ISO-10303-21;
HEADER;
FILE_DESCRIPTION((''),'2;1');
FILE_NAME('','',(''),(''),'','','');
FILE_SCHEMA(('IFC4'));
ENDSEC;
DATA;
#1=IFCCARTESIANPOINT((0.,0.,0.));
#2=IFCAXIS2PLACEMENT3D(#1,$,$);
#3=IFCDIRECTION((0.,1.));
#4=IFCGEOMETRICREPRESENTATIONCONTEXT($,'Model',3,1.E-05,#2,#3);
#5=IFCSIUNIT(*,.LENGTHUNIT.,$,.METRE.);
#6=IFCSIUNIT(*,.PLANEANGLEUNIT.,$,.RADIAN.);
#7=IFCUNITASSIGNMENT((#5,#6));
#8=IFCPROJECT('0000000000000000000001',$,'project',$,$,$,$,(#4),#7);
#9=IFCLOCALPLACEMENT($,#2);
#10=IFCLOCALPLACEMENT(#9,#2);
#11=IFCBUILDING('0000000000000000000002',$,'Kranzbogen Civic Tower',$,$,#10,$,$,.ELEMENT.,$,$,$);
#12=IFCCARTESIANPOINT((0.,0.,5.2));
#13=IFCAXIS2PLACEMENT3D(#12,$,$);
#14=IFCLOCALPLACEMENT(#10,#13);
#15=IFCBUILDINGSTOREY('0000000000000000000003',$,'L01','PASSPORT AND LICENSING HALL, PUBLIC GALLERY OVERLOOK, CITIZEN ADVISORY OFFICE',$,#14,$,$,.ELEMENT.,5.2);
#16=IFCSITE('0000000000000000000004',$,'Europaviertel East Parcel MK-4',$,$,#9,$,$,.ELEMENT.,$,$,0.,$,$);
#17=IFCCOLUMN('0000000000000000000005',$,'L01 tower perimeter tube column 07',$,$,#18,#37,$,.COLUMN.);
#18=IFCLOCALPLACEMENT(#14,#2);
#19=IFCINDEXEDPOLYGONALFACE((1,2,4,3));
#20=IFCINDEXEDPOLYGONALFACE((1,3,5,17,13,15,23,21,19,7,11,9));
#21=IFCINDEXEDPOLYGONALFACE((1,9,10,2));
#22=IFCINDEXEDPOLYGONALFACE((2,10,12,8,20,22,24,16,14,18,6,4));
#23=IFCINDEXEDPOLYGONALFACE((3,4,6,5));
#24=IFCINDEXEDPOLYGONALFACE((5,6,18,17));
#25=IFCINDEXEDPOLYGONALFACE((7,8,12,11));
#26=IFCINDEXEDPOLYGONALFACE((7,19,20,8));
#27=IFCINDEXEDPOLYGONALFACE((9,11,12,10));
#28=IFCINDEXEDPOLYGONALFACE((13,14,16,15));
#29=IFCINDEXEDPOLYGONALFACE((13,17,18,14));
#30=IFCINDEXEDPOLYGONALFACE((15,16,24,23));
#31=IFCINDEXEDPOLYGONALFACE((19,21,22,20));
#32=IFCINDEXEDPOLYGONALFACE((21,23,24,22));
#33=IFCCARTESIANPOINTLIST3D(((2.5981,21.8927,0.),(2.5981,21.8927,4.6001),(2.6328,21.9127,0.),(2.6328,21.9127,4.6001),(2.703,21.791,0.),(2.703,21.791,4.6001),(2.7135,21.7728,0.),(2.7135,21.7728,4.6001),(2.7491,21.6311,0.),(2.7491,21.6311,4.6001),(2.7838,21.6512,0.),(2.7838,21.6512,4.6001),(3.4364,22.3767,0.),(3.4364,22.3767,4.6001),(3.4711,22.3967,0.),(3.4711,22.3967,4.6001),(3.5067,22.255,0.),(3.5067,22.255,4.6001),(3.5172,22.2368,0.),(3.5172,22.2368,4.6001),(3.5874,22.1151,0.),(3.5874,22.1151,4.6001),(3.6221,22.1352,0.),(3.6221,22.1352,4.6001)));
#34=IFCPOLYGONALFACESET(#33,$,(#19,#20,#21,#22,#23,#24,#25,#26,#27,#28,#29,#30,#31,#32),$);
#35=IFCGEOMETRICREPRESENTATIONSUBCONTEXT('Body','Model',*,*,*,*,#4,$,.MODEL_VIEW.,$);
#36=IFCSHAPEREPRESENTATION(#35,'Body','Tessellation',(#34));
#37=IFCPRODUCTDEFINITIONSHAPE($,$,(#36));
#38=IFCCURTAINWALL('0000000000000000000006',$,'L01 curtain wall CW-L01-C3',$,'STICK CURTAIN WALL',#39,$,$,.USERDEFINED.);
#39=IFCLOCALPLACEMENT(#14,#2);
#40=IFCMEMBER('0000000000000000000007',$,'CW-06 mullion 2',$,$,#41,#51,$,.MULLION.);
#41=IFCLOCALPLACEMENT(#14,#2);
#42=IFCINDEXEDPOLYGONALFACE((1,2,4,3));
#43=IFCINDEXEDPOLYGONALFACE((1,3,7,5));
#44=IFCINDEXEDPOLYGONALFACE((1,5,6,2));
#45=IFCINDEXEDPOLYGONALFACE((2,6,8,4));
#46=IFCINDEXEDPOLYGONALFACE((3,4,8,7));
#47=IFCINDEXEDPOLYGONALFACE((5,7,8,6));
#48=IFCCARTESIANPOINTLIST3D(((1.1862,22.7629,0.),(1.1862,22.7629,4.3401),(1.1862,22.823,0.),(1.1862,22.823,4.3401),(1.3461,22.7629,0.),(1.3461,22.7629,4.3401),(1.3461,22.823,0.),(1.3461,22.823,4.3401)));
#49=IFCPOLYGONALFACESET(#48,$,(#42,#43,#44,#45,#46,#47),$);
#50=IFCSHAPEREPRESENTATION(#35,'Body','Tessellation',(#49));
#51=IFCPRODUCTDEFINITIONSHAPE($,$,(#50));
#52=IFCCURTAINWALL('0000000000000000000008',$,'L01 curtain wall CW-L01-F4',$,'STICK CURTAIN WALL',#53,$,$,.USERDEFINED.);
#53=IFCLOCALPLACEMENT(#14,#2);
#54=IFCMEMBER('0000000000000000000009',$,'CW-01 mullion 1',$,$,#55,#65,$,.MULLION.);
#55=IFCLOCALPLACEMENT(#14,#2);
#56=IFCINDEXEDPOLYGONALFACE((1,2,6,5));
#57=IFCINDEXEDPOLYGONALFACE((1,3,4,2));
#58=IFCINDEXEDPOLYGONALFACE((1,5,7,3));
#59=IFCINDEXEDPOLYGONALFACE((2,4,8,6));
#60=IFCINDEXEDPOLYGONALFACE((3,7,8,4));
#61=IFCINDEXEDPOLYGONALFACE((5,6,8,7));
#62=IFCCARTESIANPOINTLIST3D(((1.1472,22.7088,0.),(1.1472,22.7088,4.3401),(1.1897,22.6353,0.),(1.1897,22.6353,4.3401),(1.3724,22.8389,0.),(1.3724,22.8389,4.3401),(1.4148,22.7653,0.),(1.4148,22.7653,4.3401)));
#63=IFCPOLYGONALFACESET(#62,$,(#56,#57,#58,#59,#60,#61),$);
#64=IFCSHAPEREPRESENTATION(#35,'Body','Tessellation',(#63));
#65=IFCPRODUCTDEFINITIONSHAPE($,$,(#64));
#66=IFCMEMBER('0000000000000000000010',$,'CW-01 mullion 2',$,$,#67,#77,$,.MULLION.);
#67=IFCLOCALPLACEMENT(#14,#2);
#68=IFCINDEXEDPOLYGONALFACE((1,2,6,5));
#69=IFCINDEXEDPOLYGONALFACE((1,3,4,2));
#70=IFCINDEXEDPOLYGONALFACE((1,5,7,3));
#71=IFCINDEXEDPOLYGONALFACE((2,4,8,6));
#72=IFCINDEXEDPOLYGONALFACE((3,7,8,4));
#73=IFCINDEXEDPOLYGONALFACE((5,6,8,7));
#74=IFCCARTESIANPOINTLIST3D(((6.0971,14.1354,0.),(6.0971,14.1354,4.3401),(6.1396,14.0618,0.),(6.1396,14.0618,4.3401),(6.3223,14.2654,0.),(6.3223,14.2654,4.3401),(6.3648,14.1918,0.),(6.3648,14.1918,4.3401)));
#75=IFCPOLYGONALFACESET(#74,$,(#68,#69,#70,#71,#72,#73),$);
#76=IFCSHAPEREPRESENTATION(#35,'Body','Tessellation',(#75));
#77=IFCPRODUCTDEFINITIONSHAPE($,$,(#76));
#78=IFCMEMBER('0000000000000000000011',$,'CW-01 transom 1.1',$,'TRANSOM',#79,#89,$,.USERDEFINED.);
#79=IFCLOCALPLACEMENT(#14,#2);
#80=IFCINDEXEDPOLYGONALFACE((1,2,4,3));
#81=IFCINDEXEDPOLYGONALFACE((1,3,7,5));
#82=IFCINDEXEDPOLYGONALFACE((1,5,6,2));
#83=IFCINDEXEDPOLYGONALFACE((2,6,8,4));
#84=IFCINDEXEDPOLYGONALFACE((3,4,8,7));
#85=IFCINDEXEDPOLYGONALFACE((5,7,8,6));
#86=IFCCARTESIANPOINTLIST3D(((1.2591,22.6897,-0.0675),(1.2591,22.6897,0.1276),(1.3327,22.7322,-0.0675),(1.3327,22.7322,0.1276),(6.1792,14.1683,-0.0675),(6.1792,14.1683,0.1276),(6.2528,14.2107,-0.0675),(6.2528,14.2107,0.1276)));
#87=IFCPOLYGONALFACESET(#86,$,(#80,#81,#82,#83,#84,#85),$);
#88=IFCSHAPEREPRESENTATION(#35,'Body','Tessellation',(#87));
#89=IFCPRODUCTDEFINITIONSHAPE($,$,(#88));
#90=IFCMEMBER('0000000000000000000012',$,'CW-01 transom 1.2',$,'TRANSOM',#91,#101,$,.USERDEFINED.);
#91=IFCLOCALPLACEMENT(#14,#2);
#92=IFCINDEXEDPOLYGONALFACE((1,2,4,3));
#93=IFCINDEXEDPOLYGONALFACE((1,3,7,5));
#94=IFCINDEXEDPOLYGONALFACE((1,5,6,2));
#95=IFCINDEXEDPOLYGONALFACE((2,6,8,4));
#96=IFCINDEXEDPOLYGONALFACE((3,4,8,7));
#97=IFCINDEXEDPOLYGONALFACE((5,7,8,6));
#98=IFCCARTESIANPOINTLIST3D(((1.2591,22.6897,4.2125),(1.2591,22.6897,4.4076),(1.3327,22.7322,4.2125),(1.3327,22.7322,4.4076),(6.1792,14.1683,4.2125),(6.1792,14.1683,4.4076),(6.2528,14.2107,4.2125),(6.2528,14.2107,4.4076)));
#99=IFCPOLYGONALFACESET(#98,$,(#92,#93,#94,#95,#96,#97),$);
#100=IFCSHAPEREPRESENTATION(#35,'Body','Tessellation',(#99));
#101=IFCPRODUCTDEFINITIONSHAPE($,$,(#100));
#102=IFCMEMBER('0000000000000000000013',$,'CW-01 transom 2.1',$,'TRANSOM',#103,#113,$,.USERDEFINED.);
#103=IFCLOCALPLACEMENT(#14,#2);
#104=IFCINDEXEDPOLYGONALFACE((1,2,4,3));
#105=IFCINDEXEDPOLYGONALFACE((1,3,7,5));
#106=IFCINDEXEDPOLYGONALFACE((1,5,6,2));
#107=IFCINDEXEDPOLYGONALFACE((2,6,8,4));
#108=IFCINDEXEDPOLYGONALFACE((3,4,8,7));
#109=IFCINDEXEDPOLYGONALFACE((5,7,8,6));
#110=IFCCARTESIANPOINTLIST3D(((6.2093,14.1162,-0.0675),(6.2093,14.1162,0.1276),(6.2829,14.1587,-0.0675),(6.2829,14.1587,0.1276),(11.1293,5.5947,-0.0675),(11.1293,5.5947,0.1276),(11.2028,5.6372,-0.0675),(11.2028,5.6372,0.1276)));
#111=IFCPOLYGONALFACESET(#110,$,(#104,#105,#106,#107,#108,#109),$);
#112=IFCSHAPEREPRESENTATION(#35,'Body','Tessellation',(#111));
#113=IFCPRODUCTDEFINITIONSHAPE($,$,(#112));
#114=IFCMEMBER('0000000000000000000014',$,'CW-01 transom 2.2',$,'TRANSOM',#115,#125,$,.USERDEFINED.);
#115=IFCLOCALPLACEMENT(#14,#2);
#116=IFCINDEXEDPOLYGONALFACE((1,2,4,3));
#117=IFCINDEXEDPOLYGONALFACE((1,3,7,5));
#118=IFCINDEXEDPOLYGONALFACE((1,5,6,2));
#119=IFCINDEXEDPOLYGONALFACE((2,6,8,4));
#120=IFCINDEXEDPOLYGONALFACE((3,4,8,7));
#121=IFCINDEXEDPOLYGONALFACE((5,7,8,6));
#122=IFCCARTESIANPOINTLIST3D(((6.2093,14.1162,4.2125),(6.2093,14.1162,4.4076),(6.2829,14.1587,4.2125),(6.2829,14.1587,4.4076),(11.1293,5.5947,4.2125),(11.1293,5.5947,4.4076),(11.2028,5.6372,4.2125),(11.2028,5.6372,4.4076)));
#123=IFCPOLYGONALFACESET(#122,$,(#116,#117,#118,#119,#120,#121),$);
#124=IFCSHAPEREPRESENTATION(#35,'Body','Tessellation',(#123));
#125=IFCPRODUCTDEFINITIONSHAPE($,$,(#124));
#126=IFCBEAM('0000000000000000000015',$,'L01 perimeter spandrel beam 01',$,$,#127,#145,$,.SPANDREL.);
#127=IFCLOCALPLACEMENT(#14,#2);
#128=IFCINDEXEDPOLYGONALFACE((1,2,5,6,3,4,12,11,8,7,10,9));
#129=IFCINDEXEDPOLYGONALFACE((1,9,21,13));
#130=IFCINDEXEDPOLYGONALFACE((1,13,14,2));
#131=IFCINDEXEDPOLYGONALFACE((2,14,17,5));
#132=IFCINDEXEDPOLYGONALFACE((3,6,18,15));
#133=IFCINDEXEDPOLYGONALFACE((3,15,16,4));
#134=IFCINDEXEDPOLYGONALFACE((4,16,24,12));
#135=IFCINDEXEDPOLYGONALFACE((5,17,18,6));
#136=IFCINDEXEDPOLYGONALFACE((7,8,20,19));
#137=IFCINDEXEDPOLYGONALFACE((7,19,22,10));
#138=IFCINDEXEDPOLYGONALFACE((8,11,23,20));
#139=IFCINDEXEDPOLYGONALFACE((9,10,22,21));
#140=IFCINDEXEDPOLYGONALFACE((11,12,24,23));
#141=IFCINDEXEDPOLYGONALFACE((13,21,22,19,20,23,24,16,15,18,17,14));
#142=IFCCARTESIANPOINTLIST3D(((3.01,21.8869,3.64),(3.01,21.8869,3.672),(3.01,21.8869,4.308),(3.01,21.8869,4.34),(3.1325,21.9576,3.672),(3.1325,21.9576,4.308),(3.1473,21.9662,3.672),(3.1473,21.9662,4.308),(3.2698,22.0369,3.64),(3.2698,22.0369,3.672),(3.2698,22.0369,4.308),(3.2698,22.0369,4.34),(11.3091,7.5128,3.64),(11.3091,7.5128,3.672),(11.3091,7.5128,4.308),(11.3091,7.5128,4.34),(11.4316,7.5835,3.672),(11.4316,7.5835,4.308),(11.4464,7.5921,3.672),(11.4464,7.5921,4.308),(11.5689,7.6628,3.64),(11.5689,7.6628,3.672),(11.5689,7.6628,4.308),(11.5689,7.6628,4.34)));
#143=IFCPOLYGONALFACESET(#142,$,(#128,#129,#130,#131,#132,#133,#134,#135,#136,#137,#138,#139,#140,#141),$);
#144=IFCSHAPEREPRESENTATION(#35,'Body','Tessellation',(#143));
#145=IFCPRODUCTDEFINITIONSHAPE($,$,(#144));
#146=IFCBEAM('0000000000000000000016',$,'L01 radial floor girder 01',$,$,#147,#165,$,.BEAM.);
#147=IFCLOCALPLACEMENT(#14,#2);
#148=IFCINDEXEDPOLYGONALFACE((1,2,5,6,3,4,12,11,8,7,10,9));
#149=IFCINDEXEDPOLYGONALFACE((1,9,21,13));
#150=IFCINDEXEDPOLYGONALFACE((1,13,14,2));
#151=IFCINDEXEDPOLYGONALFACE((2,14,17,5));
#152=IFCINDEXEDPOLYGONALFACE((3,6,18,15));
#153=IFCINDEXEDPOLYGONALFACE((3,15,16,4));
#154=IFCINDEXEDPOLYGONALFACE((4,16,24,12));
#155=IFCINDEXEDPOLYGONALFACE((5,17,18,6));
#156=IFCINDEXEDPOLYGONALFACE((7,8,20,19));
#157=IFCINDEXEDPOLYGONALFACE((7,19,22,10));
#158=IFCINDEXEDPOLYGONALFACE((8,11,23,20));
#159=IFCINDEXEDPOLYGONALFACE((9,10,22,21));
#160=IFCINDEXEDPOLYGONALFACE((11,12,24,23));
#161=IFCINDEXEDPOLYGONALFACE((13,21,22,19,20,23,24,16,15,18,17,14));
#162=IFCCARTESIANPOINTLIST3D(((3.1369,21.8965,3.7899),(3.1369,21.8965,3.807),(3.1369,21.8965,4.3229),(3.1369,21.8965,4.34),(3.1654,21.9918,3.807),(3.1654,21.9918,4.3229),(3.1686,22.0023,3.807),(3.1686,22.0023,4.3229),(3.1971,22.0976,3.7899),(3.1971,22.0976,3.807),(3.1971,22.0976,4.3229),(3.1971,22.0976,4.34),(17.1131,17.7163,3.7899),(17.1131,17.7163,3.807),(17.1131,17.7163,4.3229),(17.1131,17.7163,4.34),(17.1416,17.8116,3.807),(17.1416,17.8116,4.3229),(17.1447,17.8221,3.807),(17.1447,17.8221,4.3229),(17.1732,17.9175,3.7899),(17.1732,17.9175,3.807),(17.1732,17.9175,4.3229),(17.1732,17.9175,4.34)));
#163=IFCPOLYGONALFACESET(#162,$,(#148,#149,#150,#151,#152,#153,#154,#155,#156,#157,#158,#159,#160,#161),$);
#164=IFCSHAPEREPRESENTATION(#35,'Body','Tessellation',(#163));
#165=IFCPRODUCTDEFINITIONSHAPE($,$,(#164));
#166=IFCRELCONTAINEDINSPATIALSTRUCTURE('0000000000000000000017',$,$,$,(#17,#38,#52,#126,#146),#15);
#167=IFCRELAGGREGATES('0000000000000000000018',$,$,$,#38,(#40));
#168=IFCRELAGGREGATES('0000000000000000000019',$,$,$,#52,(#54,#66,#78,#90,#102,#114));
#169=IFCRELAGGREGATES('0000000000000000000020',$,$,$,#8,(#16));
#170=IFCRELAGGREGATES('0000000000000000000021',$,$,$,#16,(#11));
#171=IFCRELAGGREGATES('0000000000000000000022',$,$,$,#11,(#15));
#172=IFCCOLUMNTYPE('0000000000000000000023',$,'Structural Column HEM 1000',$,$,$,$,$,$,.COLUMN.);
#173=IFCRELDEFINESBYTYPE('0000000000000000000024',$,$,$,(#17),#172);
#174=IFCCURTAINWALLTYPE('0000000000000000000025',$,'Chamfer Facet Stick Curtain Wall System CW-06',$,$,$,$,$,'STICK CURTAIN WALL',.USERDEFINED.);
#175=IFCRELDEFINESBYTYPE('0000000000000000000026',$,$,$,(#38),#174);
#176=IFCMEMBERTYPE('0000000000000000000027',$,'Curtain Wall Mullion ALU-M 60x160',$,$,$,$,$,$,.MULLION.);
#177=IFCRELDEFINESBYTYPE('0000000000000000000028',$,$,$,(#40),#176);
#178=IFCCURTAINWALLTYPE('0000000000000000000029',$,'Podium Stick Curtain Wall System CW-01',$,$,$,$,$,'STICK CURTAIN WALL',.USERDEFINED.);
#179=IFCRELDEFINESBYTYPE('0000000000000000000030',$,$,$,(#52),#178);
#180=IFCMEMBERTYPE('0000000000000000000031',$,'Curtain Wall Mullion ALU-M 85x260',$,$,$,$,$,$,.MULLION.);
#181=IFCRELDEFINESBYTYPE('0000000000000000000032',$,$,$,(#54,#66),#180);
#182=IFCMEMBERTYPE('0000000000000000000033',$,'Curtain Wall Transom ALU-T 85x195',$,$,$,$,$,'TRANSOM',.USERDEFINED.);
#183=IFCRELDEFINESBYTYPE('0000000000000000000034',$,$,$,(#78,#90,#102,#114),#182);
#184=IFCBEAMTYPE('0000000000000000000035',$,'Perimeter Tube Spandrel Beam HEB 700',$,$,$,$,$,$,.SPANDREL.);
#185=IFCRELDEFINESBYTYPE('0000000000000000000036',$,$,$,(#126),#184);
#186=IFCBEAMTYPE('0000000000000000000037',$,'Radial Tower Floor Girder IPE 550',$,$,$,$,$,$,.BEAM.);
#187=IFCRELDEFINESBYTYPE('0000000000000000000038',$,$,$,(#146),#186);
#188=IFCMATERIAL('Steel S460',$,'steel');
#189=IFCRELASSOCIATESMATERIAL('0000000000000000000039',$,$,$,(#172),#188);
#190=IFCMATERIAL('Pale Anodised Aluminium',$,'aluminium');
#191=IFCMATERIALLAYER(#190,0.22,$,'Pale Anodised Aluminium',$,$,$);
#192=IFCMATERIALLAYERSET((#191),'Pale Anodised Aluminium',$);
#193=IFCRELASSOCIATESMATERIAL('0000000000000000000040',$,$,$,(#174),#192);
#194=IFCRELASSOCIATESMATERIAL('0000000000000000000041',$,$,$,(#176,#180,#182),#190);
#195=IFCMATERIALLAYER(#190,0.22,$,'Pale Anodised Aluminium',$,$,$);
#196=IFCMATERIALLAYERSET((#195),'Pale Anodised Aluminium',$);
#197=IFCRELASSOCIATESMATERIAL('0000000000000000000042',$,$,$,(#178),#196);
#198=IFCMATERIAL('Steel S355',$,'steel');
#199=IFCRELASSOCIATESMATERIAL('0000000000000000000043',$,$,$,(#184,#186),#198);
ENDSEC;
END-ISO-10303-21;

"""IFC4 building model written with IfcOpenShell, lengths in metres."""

from ifc_helpers import new_model, si_unit, direction, frame, origin, origin_2d, place, context, subcontext, project, spatial, rectangle, i_section, extrude, material, layer, layer_set, material_profile, profile_set, type_object, element, aggregate, save


model = new_model("IFC4")

# Units and contexts
model_context = context("Model", 3, precision=1e-05, world=origin(), true_north=direction((0.0, 1.0)))
body_context = subcontext(model_context, "Body", "Model", "MODEL_VIEW")
ifc_project = project(units=[si_unit("LENGTHUNIT", "METRE"), si_unit("PLANEANGLEUNIT", "RADIAN")], contexts=[model_context])

# Site, building, storey
site_placement = place(None, origin())
site = spatial("IfcSite", under=ifc_project, at=site_placement, Name="Europaviertel East Parcel MK-4", CompositionType="ELEMENT", RefElevation=0.0)
building_placement = place(site_placement, origin())
building = spatial("IfcBuilding", under=site, at=building_placement, Name="Kranzbogen Civic Tower", CompositionType="ELEMENT")
storey_placement = place(building_placement, frame((0.0, 0.0, 5.2)))
storey = spatial("IfcBuildingStorey", under=building, at=storey_placement, Name="L01", Description="PASSPORT AND LICENSING HALL, PUBLIC GALLERY OVERLOOK, CITIZEN ADVISORY OFFICE", CompositionType="ELEMENT", Elevation=5.2)

# Column
ifc_material_1 = material(Name="Steel S460", Category="steel")
ifc_material_profile_1 = material_profile(ifc_material_1, i_section(OverallWidth=0.302, OverallDepth=1.0081, WebThickness=0.021, FlangeThickness=0.04, at=origin_2d()), Name="HEM 1000")
ifc_profile_set_1 = profile_set([ifc_material_profile_1], Name="Steel S460")
column_type = type_object("IfcColumnType", Name="Structural Column HEM 1000", PredefinedType="COLUMN", material=ifc_profile_set_1)
column_placement = place(storey_placement, frame((3.1101, 22.0139, 0.0), z_axis=(0.0, 0.0, 1.0), x_axis=(-0.5, 0.866025, 0.0)))
element("IfcColumn", 1, at=column_placement, inside=storey, type_object=column_type, Name="L01 tower perimeter tube column 07", PredefinedType="COLUMN", context=body_context, shape_type="SweptSolid", body=[
    extrude(i_section(OverallWidth=0.302, OverallDepth=1.0081, WebThickness=0.021, FlangeThickness=0.04, at=origin_2d()), origin(), (0.0, 0.0, 1.0), 4.6001),
])

# Curtain wall, member
ifc_material_2 = material(Name="Pale Anodised Aluminium", Category="aluminium")
ifc_layer_1 = layer(ifc_material_2, 0.22, Name="Pale Anodised Aluminium")
ifc_layer_set_1 = layer_set([ifc_layer_1], Name="Pale Anodised Aluminium")
curtain_wall_type_1 = type_object("IfcCurtainWallType", Name="Chamfer Facet Stick Curtain Wall System CW-06", ElementType="STICK CURTAIN WALL", PredefinedType="USERDEFINED", material=ifc_layer_set_1)
curtain_wall_1_placement = place(storey_placement, origin())
curtain_wall_1 = element("IfcCurtainWall", 2, at=curtain_wall_1_placement, inside=storey, type_object=curtain_wall_type_1, Name="L01 curtain wall CW-L01-C3", ObjectType="STICK CURTAIN WALL", PredefinedType="USERDEFINED")
ifc_material_profile_2 = material_profile(ifc_material_2, rectangle(XDim=0.0601, YDim=0.1599, at=origin_2d()), Name="ALU-M 60x160")
ifc_profile_set_2 = profile_set([ifc_material_profile_2], Name="Pale Anodised Aluminium")
member_type_1 = type_object("IfcMemberType", Name="Curtain Wall Mullion ALU-M 60x160", PredefinedType="MULLION", material=ifc_profile_set_2)
member_1_placement = place(storey_placement, frame((1.2661, 22.793, 0.0), z_axis=(0.0, 0.0, 1.0), x_axis=(0.0, -1.0, 0.0)))
member_1 = element("IfcMember", 3, at=member_1_placement, type_object=member_type_1, Name="CW-06 mullion 2", PredefinedType="MULLION", context=body_context, shape_type="SweptSolid", body=[
    extrude(rectangle(XDim=0.0601, YDim=0.1599, at=origin_2d()), origin(), (0.0, 0.0, 1.0), 4.3401),
])
aggregate(curtain_wall_1, [member_1])

# Curtain wall, members
ifc_layer_2 = layer(ifc_material_2, 0.22, Name="Pale Anodised Aluminium")
ifc_layer_set_2 = layer_set([ifc_layer_2], Name="Pale Anodised Aluminium")
curtain_wall_type_2 = type_object("IfcCurtainWallType", Name="Podium Stick Curtain Wall System CW-01", ElementType="STICK CURTAIN WALL", PredefinedType="USERDEFINED", material=ifc_layer_set_2)
curtain_wall_2_placement = place(storey_placement, origin())
curtain_wall_2 = element("IfcCurtainWall", 4, at=curtain_wall_2_placement, inside=storey, type_object=curtain_wall_type_2, Name="L01 curtain wall CW-L01-F4", ObjectType="STICK CURTAIN WALL", PredefinedType="USERDEFINED")
ifc_material_profile_3 = material_profile(ifc_material_2, rectangle(XDim=0.085, YDim=0.26, at=origin_2d()), Name="ALU-M 85x260")
ifc_profile_set_3 = profile_set([ifc_material_profile_3], Name="Pale Anodised Aluminium")
member_type_2 = type_object("IfcMemberType", Name="Curtain Wall Mullion ALU-M 85x260", PredefinedType="MULLION", material=ifc_profile_set_3)
member_2_placement = place(storey_placement, frame((1.281, 22.7371, 0.0), z_axis=(0.0, 0.0, 1.0), x_axis=(0.500006, -0.866022, 0.0)))
member_2 = element("IfcMember", 5, at=member_2_placement, type_object=member_type_2, Name="CW-01 mullion 1", PredefinedType="MULLION", context=body_context, shape_type="SweptSolid", body=[
    extrude(rectangle(XDim=0.085, YDim=0.26, at=origin_2d()), origin(), (0.0, 0.0, 1.0), 4.3401),
])
member_3_placement = place(storey_placement, frame((6.231, 14.1636, 0.0), z_axis=(0.0, 0.0, 1.0), x_axis=(0.500006, -0.866022, 0.0)))
member_3 = element("IfcMember", 6, at=member_3_placement, type_object=member_type_2, Name="CW-01 mullion 2", PredefinedType="MULLION", context=body_context, shape_type="SweptSolid", body=[
    extrude(rectangle(XDim=0.085, YDim=0.26, at=origin_2d()), origin(), (0.0, 0.0, 1.0), 4.3401),
])
ifc_material_profile_4 = material_profile(ifc_material_2, rectangle(XDim=0.085, YDim=0.1951, at=origin_2d()), Name="ALU-T 85x195")
ifc_profile_set_4 = profile_set([ifc_material_profile_4], Name="Pale Anodised Aluminium")
member_type_3 = type_object("IfcMemberType", Name="Curtain Wall Transom ALU-T 85x195", ElementType="TRANSOM", PredefinedType="USERDEFINED", material=ifc_profile_set_4)
member_4_placement = place(storey_placement, frame((1.2959, 22.7109, 0.03), z_axis=(0.500022, -0.866013, 0.0), x_axis=(0.866013, 0.500022, 0.0)))
member_4 = element("IfcMember", 7, at=member_4_placement, type_object=member_type_3, Name="CW-01 transom 1.1", ObjectType="TRANSOM", PredefinedType="USERDEFINED", context=body_context, shape_type="SweptSolid", body=[
    extrude(rectangle(XDim=0.085, YDim=0.1951, at=origin_2d()), origin(), (0.0, 0.0, 1.0), 9.8398),
])
member_5_placement = place(storey_placement, frame((1.2959, 22.7109, 4.3101), z_axis=(0.500022, -0.866013, 0.0), x_axis=(0.866013, 0.500022, 0.0)))
member_5 = element("IfcMember", 8, at=member_5_placement, type_object=member_type_3, Name="CW-01 transom 1.2", ObjectType="TRANSOM", PredefinedType="USERDEFINED", context=body_context, shape_type="SweptSolid", body=[
    extrude(rectangle(XDim=0.085, YDim=0.1951, at=origin_2d()), origin(), (0.0, 0.0, 1.0), 9.8398),
])
member_6_placement = place(storey_placement, frame((6.2461, 14.1375, 0.03), z_axis=(0.500003, -0.866024, 0.0), x_axis=(0.866024, 0.500003, 0.0)))
member_6 = element("IfcMember", 9, at=member_6_placement, type_object=member_type_3, Name="CW-01 transom 2.1", ObjectType="TRANSOM", PredefinedType="USERDEFINED", context=body_context, shape_type="SweptSolid", body=[
    extrude(rectangle(XDim=0.085, YDim=0.1951, at=origin_2d()), origin(), (0.0, 0.0, 1.0), 9.8398),
])
member_7_placement = place(storey_placement, frame((6.2461, 14.1375, 4.3101), z_axis=(0.500003, -0.866024, 0.0), x_axis=(0.866024, 0.500003, 0.0)))
member_7 = element("IfcMember", 10, at=member_7_placement, type_object=member_type_3, Name="CW-01 transom 2.2", ObjectType="TRANSOM", PredefinedType="USERDEFINED", context=body_context, shape_type="SweptSolid", body=[
    extrude(rectangle(XDim=0.085, YDim=0.1951, at=origin_2d()), origin(), (0.0, 0.0, 1.0), 9.8398),
])

# Beams
ifc_material_3 = material(Name="Steel S355", Category="steel")
ifc_material_profile_5 = material_profile(ifc_material_3, i_section(OverallWidth=0.3, OverallDepth=0.7, WebThickness=0.0171, FlangeThickness=0.032, at=origin_2d()), Name="HEB 700")
ifc_profile_set_5 = profile_set([ifc_material_profile_5], Name="Steel S355")
beam_type_1 = type_object("IfcBeamType", Name="Perimeter Tube Spandrel Beam HEB 700", PredefinedType="SPANDREL", material=ifc_profile_set_5)
beam_1_placement = place(storey_placement, frame((3.1399, 21.9619, 3.99), z_axis=(0.50001, -0.86602, 0.0), x_axis=(0.86602, 0.50001, 0.0)))
element("IfcBeam", 11, at=beam_1_placement, inside=storey, type_object=beam_type_1, Name="L01 perimeter spandrel beam 01", PredefinedType="SPANDREL", context=body_context, shape_type="SweptSolid", body=[
    extrude(i_section(OverallWidth=0.3, OverallDepth=0.7, WebThickness=0.0171, FlangeThickness=0.032, at=origin_2d()), origin(), (0.0, 0.0, 1.0), 16.5979),
])
ifc_material_profile_6 = material_profile(ifc_material_3, i_section(OverallWidth=0.21, OverallDepth=0.55, WebThickness=0.011, FlangeThickness=0.0171, at=origin_2d()), Name="IPE 550")
ifc_profile_set_6 = profile_set([ifc_material_profile_6], Name="Steel S355")
beam_type_2 = type_object("IfcBeamType", Name="Radial Tower Floor Girder IPE 550", PredefinedType="BEAM", material=ifc_profile_set_6)
beam_2_placement = place(storey_placement, frame((3.167, 21.9971, 4.0649), z_axis=(0.958065, -0.286552, 0.0), x_axis=(0.286552, 0.958065, 0.0)))
element("IfcBeam", 12, at=beam_2_placement, inside=storey, type_object=beam_type_2, Name="L01 radial floor girder 01", PredefinedType="BEAM", context=body_context, shape_type="SweptSolid", body=[
    extrude(i_section(OverallWidth=0.21, OverallDepth=0.55, WebThickness=0.011, FlangeThickness=0.0171, at=origin_2d()), origin(), (0.0, 0.0, 1.0), 14.5879),
])

aggregate(curtain_wall_2, [member_2, member_3, member_4, member_5, member_6, member_7])

save(model, "model.ifc")
